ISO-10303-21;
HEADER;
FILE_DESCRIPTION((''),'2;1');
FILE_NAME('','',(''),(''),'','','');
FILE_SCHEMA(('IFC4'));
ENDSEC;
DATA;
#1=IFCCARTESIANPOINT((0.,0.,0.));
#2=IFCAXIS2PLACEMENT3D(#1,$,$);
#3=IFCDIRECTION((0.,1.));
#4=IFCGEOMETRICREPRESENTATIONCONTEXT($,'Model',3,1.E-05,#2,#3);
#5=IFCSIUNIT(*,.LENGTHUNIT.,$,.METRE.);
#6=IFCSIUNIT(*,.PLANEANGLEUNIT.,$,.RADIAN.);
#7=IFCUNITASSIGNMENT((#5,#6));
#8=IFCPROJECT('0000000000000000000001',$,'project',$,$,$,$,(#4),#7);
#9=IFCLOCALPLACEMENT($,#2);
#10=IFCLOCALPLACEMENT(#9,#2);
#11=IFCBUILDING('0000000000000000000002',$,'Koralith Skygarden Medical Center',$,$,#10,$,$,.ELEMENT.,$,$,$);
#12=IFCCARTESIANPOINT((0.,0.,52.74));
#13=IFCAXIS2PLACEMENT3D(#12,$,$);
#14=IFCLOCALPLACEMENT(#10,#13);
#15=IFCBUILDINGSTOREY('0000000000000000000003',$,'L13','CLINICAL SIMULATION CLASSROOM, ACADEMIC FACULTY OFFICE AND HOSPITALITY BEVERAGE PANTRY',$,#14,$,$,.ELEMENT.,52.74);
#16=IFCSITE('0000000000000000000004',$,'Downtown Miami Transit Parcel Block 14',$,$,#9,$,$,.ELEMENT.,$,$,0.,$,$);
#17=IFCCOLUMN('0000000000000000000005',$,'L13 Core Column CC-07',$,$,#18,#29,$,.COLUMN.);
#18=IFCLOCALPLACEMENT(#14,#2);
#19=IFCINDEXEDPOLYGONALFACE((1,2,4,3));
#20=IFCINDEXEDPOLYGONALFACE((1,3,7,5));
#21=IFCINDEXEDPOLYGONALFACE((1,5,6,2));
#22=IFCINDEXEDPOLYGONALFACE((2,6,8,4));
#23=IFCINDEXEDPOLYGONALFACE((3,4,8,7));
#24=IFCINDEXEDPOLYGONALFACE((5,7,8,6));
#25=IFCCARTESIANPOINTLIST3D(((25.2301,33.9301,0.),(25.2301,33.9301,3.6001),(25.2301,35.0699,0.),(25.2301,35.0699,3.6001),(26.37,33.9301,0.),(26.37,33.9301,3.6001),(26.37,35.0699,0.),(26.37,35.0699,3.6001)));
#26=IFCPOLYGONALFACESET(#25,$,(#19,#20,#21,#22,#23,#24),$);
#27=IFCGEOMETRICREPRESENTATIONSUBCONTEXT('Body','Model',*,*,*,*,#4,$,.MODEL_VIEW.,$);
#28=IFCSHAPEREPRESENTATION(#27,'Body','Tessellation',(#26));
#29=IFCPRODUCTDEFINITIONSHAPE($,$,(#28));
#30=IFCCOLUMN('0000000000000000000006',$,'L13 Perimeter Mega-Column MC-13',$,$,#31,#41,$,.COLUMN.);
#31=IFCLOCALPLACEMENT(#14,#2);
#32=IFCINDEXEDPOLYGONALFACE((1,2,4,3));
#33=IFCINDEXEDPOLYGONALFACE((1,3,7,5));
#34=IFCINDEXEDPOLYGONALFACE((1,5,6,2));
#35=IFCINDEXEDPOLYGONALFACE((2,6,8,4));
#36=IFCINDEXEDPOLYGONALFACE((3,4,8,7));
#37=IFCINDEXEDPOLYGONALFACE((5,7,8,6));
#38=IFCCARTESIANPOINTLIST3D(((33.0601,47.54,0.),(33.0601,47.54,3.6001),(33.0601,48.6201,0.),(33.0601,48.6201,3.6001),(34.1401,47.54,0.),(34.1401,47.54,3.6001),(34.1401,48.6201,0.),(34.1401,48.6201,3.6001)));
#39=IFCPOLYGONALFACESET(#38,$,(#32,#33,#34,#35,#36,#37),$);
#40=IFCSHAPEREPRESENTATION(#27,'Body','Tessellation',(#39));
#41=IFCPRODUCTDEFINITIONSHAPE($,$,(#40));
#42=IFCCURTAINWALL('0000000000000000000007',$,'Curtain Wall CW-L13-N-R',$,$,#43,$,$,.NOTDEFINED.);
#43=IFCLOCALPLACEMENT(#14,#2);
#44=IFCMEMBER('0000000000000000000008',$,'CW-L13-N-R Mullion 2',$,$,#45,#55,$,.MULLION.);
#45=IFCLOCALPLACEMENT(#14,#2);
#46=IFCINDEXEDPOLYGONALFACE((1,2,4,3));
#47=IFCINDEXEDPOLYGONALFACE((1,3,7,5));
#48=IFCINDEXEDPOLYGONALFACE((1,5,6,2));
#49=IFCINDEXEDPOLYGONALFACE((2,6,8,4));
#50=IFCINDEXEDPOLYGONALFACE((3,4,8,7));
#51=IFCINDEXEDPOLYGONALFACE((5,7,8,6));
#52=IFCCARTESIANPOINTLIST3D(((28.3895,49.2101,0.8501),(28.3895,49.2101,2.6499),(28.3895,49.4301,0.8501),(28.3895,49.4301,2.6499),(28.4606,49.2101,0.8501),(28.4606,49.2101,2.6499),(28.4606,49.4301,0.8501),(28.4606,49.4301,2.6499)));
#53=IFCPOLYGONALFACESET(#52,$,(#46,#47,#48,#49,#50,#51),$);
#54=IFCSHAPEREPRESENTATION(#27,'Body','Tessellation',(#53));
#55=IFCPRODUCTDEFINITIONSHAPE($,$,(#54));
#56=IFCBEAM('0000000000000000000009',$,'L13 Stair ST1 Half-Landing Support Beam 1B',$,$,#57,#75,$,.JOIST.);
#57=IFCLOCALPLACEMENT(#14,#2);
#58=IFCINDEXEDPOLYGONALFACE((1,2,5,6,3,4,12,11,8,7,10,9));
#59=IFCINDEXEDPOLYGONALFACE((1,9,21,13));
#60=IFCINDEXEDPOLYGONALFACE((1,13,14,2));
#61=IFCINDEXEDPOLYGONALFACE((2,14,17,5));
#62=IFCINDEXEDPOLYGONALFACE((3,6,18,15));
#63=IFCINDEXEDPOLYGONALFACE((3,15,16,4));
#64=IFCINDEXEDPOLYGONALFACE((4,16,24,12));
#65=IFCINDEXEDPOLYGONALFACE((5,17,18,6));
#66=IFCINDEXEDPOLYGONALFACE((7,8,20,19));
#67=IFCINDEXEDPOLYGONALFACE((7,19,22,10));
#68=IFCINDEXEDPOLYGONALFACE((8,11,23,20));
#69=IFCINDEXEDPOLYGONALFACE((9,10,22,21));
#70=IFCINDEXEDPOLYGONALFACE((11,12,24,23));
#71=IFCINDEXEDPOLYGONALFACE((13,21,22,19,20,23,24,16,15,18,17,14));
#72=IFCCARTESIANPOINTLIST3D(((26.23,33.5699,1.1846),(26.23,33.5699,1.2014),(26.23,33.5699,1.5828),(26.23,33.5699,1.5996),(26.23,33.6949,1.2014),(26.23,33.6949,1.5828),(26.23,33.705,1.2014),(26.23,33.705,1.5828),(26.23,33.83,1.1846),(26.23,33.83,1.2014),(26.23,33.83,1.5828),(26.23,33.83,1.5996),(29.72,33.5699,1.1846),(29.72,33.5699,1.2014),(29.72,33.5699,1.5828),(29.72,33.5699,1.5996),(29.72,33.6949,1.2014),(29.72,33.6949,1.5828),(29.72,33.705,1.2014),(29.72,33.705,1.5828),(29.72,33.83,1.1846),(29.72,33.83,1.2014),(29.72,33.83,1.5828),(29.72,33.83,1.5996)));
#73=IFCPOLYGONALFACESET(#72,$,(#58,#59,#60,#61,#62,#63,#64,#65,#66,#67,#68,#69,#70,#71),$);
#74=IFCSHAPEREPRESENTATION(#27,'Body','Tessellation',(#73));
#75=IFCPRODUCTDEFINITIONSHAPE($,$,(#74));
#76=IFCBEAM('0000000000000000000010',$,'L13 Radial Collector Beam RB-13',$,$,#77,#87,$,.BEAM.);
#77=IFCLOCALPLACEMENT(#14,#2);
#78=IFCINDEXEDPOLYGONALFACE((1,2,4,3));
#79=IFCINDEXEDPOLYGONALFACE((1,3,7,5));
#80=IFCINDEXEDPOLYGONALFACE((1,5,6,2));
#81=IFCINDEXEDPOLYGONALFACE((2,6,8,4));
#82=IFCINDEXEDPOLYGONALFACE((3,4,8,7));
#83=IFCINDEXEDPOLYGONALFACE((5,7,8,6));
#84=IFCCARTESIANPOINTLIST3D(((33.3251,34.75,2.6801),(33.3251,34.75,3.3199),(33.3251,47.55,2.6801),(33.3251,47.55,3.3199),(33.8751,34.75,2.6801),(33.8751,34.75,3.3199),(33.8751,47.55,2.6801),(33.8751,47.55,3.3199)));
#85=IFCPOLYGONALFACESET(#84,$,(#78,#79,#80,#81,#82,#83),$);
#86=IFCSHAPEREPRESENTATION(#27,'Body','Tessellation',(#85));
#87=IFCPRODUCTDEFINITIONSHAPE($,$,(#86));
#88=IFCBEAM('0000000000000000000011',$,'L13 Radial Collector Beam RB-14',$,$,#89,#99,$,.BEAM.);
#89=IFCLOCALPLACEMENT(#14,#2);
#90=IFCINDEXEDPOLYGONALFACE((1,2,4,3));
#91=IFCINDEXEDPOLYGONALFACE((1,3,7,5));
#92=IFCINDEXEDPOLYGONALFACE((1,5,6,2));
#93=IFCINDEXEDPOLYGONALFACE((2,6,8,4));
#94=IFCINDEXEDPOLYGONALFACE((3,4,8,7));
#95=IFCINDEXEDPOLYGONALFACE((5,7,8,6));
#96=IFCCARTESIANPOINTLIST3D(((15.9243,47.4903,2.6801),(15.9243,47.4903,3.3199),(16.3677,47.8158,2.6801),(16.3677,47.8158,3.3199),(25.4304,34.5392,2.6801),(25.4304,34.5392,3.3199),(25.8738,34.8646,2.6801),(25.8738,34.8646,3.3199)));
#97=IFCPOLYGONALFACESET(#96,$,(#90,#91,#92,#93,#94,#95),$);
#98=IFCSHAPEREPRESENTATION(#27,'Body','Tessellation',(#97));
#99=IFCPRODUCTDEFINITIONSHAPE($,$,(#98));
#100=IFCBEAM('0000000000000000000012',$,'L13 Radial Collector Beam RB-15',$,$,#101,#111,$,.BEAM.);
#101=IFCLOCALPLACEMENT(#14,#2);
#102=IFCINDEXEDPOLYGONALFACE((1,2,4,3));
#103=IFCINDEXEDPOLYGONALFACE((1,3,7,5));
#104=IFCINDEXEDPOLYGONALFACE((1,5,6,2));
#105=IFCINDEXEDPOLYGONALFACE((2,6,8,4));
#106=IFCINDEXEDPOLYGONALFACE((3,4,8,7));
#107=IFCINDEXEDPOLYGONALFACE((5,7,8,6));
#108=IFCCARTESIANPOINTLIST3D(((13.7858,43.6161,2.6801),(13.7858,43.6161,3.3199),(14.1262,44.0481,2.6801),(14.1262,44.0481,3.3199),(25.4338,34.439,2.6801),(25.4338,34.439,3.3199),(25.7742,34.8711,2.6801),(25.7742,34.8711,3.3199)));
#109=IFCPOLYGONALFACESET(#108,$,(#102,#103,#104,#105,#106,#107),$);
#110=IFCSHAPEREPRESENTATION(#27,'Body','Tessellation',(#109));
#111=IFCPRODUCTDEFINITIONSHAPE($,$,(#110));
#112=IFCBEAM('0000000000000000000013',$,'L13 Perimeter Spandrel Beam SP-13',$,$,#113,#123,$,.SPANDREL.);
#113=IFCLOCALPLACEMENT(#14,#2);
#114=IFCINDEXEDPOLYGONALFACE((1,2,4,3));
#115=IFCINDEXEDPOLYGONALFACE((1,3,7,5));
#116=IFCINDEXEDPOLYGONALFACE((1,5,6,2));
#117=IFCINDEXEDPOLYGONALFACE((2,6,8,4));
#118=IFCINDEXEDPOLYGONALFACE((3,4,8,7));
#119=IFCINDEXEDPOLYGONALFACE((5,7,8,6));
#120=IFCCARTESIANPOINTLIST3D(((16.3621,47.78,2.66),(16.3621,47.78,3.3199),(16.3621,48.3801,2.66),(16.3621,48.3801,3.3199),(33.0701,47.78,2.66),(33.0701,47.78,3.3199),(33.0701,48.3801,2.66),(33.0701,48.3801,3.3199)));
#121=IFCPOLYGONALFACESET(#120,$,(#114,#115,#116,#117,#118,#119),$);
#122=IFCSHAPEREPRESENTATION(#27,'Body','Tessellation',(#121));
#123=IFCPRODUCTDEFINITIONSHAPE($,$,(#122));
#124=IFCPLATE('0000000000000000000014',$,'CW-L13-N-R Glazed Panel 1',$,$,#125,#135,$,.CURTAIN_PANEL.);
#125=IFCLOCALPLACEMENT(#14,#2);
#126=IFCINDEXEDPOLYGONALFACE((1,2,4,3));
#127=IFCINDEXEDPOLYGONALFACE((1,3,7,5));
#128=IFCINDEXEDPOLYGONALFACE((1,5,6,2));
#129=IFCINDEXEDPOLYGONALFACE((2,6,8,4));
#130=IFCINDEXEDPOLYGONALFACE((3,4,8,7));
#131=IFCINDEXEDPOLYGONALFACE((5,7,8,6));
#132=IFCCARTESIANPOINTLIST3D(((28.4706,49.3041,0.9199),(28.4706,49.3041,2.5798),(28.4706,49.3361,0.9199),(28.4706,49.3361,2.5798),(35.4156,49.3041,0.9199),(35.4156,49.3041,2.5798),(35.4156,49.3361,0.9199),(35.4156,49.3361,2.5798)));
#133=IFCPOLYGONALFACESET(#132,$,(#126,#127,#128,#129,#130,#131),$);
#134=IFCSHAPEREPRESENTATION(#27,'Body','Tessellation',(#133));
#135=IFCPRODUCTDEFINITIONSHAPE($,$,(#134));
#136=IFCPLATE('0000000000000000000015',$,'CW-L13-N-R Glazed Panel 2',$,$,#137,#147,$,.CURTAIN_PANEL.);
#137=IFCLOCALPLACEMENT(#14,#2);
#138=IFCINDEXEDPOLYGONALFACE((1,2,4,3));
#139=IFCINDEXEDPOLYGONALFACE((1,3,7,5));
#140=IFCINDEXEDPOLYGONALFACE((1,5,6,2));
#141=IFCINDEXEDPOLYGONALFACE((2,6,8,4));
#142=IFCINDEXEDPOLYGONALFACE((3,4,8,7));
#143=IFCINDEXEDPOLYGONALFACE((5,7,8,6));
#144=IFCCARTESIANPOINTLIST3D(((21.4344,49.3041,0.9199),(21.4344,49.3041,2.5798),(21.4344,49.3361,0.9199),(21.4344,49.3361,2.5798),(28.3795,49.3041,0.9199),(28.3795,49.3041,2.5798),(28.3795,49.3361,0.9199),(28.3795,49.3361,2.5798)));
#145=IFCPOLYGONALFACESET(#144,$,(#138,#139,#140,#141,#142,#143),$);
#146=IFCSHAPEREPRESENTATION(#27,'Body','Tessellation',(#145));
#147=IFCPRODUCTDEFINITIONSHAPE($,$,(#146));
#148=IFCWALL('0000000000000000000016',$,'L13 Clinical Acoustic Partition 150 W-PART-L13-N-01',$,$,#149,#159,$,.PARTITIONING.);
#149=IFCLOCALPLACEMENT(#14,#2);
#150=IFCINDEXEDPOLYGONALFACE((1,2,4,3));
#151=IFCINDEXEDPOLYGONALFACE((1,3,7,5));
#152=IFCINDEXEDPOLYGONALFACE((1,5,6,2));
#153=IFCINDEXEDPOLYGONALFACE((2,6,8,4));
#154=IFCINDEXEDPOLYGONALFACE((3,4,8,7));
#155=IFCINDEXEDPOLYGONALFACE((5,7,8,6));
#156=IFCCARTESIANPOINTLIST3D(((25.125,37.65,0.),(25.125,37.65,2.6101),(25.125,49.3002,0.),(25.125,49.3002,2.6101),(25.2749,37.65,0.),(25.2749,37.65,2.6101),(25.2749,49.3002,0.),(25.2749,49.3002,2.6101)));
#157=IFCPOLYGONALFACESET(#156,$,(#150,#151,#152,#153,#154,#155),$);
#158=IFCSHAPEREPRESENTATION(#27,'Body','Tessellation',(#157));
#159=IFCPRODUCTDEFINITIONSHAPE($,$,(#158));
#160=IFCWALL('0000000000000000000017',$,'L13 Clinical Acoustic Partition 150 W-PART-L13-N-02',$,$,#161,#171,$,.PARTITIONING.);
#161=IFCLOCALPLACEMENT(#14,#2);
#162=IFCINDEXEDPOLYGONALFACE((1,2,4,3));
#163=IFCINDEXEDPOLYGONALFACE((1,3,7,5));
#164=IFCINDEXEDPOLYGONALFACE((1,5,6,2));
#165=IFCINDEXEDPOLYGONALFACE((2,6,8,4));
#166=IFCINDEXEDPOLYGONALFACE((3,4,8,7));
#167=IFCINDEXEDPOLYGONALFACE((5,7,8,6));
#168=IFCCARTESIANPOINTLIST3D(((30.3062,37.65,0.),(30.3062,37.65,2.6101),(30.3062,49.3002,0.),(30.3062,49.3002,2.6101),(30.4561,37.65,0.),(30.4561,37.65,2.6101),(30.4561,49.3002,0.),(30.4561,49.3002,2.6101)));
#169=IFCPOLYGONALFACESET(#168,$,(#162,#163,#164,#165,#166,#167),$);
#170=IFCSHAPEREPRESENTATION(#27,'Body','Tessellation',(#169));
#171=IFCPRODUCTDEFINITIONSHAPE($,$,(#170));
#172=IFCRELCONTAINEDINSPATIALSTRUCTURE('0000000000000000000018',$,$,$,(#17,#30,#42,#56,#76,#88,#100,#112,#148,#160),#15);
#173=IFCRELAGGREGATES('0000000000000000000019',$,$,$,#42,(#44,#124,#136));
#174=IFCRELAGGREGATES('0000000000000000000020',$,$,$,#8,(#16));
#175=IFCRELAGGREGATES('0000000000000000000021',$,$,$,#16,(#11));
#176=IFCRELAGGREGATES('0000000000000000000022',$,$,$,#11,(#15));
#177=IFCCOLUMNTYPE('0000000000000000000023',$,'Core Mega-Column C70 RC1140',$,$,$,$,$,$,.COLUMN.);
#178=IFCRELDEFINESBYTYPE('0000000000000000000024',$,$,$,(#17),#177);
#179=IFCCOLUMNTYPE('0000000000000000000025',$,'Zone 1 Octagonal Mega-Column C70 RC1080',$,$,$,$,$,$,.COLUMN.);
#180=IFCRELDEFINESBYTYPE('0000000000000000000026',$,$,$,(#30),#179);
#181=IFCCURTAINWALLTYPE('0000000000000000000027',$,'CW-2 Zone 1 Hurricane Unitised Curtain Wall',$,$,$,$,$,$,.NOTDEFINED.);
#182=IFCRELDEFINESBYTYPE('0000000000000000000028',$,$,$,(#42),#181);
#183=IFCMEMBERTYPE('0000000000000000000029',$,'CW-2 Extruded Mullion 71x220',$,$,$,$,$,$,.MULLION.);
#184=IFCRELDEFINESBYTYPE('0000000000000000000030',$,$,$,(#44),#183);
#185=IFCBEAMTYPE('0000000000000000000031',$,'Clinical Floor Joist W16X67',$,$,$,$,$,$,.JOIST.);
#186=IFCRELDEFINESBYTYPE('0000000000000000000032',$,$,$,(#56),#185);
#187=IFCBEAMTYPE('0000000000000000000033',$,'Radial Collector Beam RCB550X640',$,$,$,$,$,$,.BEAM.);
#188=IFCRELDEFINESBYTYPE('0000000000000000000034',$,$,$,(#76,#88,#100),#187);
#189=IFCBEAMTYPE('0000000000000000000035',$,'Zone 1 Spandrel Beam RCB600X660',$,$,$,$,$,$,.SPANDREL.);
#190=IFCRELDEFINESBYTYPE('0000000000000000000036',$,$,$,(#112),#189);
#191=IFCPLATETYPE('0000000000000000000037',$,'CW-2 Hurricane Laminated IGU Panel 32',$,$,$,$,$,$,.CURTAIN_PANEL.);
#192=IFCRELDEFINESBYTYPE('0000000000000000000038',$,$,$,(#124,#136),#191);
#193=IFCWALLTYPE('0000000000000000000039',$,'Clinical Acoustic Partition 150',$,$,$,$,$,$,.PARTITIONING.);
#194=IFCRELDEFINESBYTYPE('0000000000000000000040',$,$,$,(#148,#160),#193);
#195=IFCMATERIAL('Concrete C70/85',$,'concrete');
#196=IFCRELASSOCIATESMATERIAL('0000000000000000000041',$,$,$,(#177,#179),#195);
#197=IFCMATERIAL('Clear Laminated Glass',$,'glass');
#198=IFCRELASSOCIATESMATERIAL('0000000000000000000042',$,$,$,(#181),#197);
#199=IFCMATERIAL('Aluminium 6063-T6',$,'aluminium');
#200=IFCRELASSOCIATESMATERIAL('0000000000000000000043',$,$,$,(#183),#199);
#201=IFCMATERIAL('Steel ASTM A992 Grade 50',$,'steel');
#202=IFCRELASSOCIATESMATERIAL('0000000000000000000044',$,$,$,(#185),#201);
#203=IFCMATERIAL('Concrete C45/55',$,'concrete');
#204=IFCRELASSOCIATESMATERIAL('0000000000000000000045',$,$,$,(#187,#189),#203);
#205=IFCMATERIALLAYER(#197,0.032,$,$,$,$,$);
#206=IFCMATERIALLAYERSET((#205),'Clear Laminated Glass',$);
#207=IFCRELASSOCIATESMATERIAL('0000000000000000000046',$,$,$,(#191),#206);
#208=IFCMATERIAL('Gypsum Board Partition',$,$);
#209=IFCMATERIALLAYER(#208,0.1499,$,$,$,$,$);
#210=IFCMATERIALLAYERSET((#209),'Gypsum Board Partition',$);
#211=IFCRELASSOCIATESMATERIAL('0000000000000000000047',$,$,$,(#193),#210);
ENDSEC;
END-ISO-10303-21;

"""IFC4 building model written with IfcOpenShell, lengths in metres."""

from ifc_helpers import new_model, si_unit, direction, frame, frame_2d, origin, origin_2d, place, context, subcontext, project, spatial, rectangle, i_section, extrude, material, layer, layer_set, material_profile, profile_set, type_object, element, aggregate, save


model = new_model("IFC4")

# Units and contexts
model_context = context("Model", 3, precision=1e-05, world=origin(), true_north=direction((0.0, 1.0)))
body_context = subcontext(model_context, "Body", "Model", "MODEL_VIEW")
ifc_project = project(units=[si_unit("LENGTHUNIT", "METRE"), si_unit("PLANEANGLEUNIT", "RADIAN")], contexts=[model_context])

# Site, building, storey
site_placement = place(None, origin())
site = spatial("IfcSite", under=ifc_project, at=site_placement, Name="Downtown Miami Transit Parcel Block 14", CompositionType="ELEMENT", RefElevation=0.0)
building_placement = place(site_placement, origin())
building = spatial("IfcBuilding", under=site, at=building_placement, Name="Koralith Skygarden Medical Center", CompositionType="ELEMENT")
storey_placement = place(building_placement, frame((0.0, 0.0, 52.74)))
storey = spatial("IfcBuildingStorey", under=building, at=storey_placement, Name="L13", Description="CLINICAL SIMULATION CLASSROOM, ACADEMIC FACULTY OFFICE AND HOSPITALITY BEVERAGE PANTRY", CompositionType="ELEMENT", Elevation=52.74)

# Columns
ifc_material_1 = material(Name="Concrete C70/85", Category="concrete")
ifc_material_profile_1 = material_profile(ifc_material_1, rectangle(XDim=1.1399, YDim=1.1399, at=origin_2d()), Name="RC1140X1140")
ifc_profile_set_1 = profile_set([ifc_material_profile_1], Name="Concrete C70/85")
column_type_1 = type_object("IfcColumnType", Name="Core Mega-Column C70 RC1140", PredefinedType="COLUMN", material=ifc_profile_set_1)
column_1_placement = place(storey_placement, frame((25.8, 34.5, 0.0), z_axis=(0.0, 0.0, 1.0), x_axis=(1.0, 0.0, 0.0)))
element("IfcColumn", 1, at=column_1_placement, inside=storey, type_object=column_type_1, Name="L13 Core Column CC-07", PredefinedType="COLUMN", context=body_context, shape_type="SweptSolid", body=[
    extrude(rectangle(XDim=1.1399, YDim=1.1399, at=origin_2d()), origin(), (0.0, 0.0, 1.0), 3.6001),
])
ifc_material_profile_2 = material_profile(ifc_material_1, rectangle(XDim=1.0801, YDim=1.0801, at=origin_2d()), Name="RC1080X1080")
ifc_profile_set_2 = profile_set([ifc_material_profile_2], Name="Concrete C70/85")
column_type_2 = type_object("IfcColumnType", Name="Zone 1 Octagonal Mega-Column C70 RC1080", PredefinedType="COLUMN", material=ifc_profile_set_2)
column_2_placement = place(storey_placement, frame((33.6001, 48.0801, 0.0), z_axis=(0.0, 0.0, 1.0), x_axis=(1.0, 0.0, 0.0)))
element("IfcColumn", 2, at=column_2_placement, inside=storey, type_object=column_type_2, Name="L13 Perimeter Mega-Column MC-13", PredefinedType="COLUMN", context=body_context, shape_type="SweptSolid", body=[
    extrude(rectangle(XDim=1.0801, YDim=1.0801, at=origin_2d()), origin(), (0.0, 0.0, 1.0), 3.6001),
])

# Curtain wall, member
ifc_material_2 = material(Name="Clear Laminated Glass", Category="glass")
curtain_wall_type = type_object("IfcCurtainWallType", Name="CW-2 Zone 1 Hurricane Unitised Curtain Wall", PredefinedType="NOTDEFINED", material=ifc_material_2)
curtain_wall_placement = place(storey_placement, origin())
curtain_wall = element("IfcCurtainWall", 3, at=curtain_wall_placement, inside=storey, type_object=curtain_wall_type, Name="Curtain Wall CW-L13-N-R", PredefinedType="NOTDEFINED")
ifc_material_3 = material(Name="Aluminium 6063-T6", Category="aluminium")
ifc_material_profile_3 = material_profile(ifc_material_3, rectangle(XDim=0.071, YDim=0.22, at=origin_2d()), Name="MUL71X220")
ifc_profile_set_3 = profile_set([ifc_material_profile_3], Name="Aluminium 6063-T6")
member_type = type_object("IfcMemberType", Name="CW-2 Extruded Mullion 71x220", PredefinedType="MULLION", material=ifc_profile_set_3)
member_placement = place(storey_placement, frame((28.425, 49.3201, 0.8501), z_axis=(0.0, 0.0, 1.0), x_axis=(1.0, 0.0, 0.0)))
member = element("IfcMember", 4, at=member_placement, type_object=member_type, Name="CW-L13-N-R Mullion 2", PredefinedType="MULLION", context=body_context, shape_type="SweptSolid", body=[
    extrude(rectangle(XDim=0.071, YDim=0.22, at=origin_2d()), origin(), (0.0, 0.0, 1.0), 1.7998),
])

# Beams
ifc_material_4 = material(Name="Steel ASTM A992 Grade 50", Category="steel")
ifc_material_profile_4 = material_profile(ifc_material_4, i_section(OverallWidth=0.26, OverallDepth=0.415, WebThickness=0.01, FlangeThickness=0.0168, at=origin_2d()), Name="W16X67")
ifc_profile_set_4 = profile_set([ifc_material_profile_4], Name="Steel ASTM A992 Grade 50")
beam_type_1 = type_object("IfcBeamType", Name="Clinical Floor Joist W16X67", PredefinedType="JOIST", material=ifc_profile_set_4)
beam_1_placement = place(storey_placement, frame((26.23, 33.7, 1.3921), z_axis=(1.0, 0.0, 0.0), x_axis=(0.0, 1.0, 0.0)))
element("IfcBeam", 5, at=beam_1_placement, inside=storey, type_object=beam_type_1, Name="L13 Stair ST1 Half-Landing Support Beam 1B", PredefinedType="JOIST", context=body_context, shape_type="SweptSolid", body=[
    extrude(i_section(OverallWidth=0.26, OverallDepth=0.415, WebThickness=0.01, FlangeThickness=0.0168, at=origin_2d()), origin(), (0.0, 0.0, 1.0), 3.49),
])
ifc_material_5 = material(Name="Concrete C45/55", Category="concrete")
ifc_material_profile_5 = material_profile(ifc_material_5, rectangle(XDim=0.55, YDim=0.6399, at=origin_2d()), Name="RCB550X640")
ifc_profile_set_5 = profile_set([ifc_material_profile_5], Name="Concrete C45/55")
beam_type_2 = type_object("IfcBeamType", Name="Radial Collector Beam RCB550X640", PredefinedType="BEAM", material=ifc_profile_set_5)
beam_2_placement = place(storey_placement, frame((33.6001, 34.75, 3.0), z_axis=(0.0, 1.0, 0.0), x_axis=(-1.0, 0.0, 0.0)))
element("IfcBeam", 6, at=beam_2_placement, inside=storey, type_object=beam_type_2, Name="L13 Radial Collector Beam RB-13", PredefinedType="BEAM", context=body_context, shape_type="SweptSolid", body=[
    extrude(rectangle(XDim=0.55, YDim=0.6399, at=origin_2d()), origin(), (0.0, 0.0, 1.0), 12.8),
])
beam_3_placement = place(storey_placement, frame((25.6521, 34.7019, 3.0), z_axis=(-0.591711, 0.80615, 0.0), x_axis=(-0.80615, -0.591711, 0.0)))
element("IfcBeam", 7, at=beam_3_placement, inside=storey, type_object=beam_type_2, Name="L13 Radial Collector Beam RB-14", PredefinedType="BEAM", context=body_context, shape_type="SweptSolid", body=[
    extrude(rectangle(XDim=0.55, YDim=0.6399, at=origin_2d()), origin(), (0.0, 0.0, 1.0), 16.0654),
])
beam_4_placement = place(storey_placement, frame((25.604, 34.655, 3.0), z_axis=(-0.785497, 0.618865, 0.0), x_axis=(-0.618865, -0.785497, 0.0)))
element("IfcBeam", 8, at=beam_4_placement, inside=storey, type_object=beam_type_2, Name="L13 Radial Collector Beam RB-15", PredefinedType="BEAM", context=body_context, shape_type="SweptSolid", body=[
    extrude(rectangle(XDim=0.55, YDim=0.6399, at=origin_2d()), origin(), (0.0, 0.0, 1.0), 14.8289),
])
ifc_material_profile_6 = material_profile(ifc_material_5, rectangle(XDim=0.6001, YDim=0.6599, at=origin_2d()), Name="RCB600X660")
ifc_profile_set_6 = profile_set([ifc_material_profile_6], Name="Concrete C45/55")
beam_type_3 = type_object("IfcBeamType", Name="Zone 1 Spandrel Beam RCB600X660", PredefinedType="SPANDREL", material=ifc_profile_set_6)
beam_5_placement = place(storey_placement, frame((33.0701, 48.0801, 2.99), z_axis=(-1.0, 0.0, 0.0), x_axis=(0.0, -1.0, 0.0)))
element("IfcBeam", 9, at=beam_5_placement, inside=storey, type_object=beam_type_3, Name="L13 Perimeter Spandrel Beam SP-13", PredefinedType="SPANDREL", context=body_context, shape_type="SweptSolid", body=[
    extrude(rectangle(XDim=0.6001, YDim=0.6599, at=origin_2d()), origin(), (0.0, 0.0, 1.0), 16.708),
])

# Plates
ifc_layer_1 = layer(ifc_material_2, 0.032)
ifc_layer_set_1 = layer_set([ifc_layer_1], Name="Clear Laminated Glass")
plate_type = type_object("IfcPlateType", Name="CW-2 Hurricane Laminated IGU Panel 32", PredefinedType="CURTAIN_PANEL", material=ifc_layer_set_1)
plate_1_placement = place(storey_placement, frame((31.9431, 49.3201, 0.9199), z_axis=(0.0, 0.0, 1.0), x_axis=(-1.0, 0.0, 0.0)))
plate_1 = element("IfcPlate", 10, at=plate_1_placement, type_object=plate_type, Name="CW-L13-N-R Glazed Panel 1", PredefinedType="CURTAIN_PANEL", context=body_context, shape_type="SweptSolid", body=[
    extrude(rectangle(XDim=6.9451, YDim=0.032, at=origin_2d()), origin(), (0.0, 0.0, 1.0), 1.6599),
])
plate_2_placement = place(storey_placement, frame((24.907, 49.3201, 0.9199), z_axis=(0.0, 0.0, 1.0), x_axis=(-1.0, 0.0, 0.0)))
plate_2 = element("IfcPlate", 11, at=plate_2_placement, type_object=plate_type, Name="CW-L13-N-R Glazed Panel 2", PredefinedType="CURTAIN_PANEL", context=body_context, shape_type="SweptSolid", body=[
    extrude(rectangle(XDim=6.9451, YDim=0.032, at=origin_2d()), origin(), (0.0, 0.0, 1.0), 1.6599),
])
aggregate(curtain_wall, [member, plate_1, plate_2])

# Walls
ifc_material_6 = material(Name="Gypsum Board Partition")
ifc_layer_2 = layer(ifc_material_6, 0.1499)
ifc_layer_set_2 = layer_set([ifc_layer_2], Name="Gypsum Board Partition")
wall_type_1 = type_object("IfcWallType", Name="Clinical Acoustic Partition 150", PredefinedType="PARTITIONING", material=ifc_layer_set_2)
for number, where, z_axis, x_axis, name in (
    (12, (25.2, 37.6499, 0.0), (0.0, 0.0, 1.0), (0.0, 1.0, 0.0), "L13 Clinical Acoustic Partition 150 W-PART-L13-N-01"),
    (13, (30.3811, 37.6499, 0.0), (0.0, 0.0, 1.0), (0.0, 1.0, 0.0), "L13 Clinical Acoustic Partition 150 W-PART-L13-N-02"),
):
    element("IfcWall", number, at=place(storey_placement, frame(where, z_axis=z_axis, x_axis=x_axis)), inside=storey, type_object=wall_type_1, Name=name, PredefinedType="PARTITIONING", context=body_context, shape_type="SweptSolid", body=[
        extrude(rectangle(XDim=11.6501, YDim=0.1499, at=frame_2d((5.8252, 0.0))), origin(), (0.0, 0.0, 1.0), 2.6101),
    ])

save(model, "model.ifc")
